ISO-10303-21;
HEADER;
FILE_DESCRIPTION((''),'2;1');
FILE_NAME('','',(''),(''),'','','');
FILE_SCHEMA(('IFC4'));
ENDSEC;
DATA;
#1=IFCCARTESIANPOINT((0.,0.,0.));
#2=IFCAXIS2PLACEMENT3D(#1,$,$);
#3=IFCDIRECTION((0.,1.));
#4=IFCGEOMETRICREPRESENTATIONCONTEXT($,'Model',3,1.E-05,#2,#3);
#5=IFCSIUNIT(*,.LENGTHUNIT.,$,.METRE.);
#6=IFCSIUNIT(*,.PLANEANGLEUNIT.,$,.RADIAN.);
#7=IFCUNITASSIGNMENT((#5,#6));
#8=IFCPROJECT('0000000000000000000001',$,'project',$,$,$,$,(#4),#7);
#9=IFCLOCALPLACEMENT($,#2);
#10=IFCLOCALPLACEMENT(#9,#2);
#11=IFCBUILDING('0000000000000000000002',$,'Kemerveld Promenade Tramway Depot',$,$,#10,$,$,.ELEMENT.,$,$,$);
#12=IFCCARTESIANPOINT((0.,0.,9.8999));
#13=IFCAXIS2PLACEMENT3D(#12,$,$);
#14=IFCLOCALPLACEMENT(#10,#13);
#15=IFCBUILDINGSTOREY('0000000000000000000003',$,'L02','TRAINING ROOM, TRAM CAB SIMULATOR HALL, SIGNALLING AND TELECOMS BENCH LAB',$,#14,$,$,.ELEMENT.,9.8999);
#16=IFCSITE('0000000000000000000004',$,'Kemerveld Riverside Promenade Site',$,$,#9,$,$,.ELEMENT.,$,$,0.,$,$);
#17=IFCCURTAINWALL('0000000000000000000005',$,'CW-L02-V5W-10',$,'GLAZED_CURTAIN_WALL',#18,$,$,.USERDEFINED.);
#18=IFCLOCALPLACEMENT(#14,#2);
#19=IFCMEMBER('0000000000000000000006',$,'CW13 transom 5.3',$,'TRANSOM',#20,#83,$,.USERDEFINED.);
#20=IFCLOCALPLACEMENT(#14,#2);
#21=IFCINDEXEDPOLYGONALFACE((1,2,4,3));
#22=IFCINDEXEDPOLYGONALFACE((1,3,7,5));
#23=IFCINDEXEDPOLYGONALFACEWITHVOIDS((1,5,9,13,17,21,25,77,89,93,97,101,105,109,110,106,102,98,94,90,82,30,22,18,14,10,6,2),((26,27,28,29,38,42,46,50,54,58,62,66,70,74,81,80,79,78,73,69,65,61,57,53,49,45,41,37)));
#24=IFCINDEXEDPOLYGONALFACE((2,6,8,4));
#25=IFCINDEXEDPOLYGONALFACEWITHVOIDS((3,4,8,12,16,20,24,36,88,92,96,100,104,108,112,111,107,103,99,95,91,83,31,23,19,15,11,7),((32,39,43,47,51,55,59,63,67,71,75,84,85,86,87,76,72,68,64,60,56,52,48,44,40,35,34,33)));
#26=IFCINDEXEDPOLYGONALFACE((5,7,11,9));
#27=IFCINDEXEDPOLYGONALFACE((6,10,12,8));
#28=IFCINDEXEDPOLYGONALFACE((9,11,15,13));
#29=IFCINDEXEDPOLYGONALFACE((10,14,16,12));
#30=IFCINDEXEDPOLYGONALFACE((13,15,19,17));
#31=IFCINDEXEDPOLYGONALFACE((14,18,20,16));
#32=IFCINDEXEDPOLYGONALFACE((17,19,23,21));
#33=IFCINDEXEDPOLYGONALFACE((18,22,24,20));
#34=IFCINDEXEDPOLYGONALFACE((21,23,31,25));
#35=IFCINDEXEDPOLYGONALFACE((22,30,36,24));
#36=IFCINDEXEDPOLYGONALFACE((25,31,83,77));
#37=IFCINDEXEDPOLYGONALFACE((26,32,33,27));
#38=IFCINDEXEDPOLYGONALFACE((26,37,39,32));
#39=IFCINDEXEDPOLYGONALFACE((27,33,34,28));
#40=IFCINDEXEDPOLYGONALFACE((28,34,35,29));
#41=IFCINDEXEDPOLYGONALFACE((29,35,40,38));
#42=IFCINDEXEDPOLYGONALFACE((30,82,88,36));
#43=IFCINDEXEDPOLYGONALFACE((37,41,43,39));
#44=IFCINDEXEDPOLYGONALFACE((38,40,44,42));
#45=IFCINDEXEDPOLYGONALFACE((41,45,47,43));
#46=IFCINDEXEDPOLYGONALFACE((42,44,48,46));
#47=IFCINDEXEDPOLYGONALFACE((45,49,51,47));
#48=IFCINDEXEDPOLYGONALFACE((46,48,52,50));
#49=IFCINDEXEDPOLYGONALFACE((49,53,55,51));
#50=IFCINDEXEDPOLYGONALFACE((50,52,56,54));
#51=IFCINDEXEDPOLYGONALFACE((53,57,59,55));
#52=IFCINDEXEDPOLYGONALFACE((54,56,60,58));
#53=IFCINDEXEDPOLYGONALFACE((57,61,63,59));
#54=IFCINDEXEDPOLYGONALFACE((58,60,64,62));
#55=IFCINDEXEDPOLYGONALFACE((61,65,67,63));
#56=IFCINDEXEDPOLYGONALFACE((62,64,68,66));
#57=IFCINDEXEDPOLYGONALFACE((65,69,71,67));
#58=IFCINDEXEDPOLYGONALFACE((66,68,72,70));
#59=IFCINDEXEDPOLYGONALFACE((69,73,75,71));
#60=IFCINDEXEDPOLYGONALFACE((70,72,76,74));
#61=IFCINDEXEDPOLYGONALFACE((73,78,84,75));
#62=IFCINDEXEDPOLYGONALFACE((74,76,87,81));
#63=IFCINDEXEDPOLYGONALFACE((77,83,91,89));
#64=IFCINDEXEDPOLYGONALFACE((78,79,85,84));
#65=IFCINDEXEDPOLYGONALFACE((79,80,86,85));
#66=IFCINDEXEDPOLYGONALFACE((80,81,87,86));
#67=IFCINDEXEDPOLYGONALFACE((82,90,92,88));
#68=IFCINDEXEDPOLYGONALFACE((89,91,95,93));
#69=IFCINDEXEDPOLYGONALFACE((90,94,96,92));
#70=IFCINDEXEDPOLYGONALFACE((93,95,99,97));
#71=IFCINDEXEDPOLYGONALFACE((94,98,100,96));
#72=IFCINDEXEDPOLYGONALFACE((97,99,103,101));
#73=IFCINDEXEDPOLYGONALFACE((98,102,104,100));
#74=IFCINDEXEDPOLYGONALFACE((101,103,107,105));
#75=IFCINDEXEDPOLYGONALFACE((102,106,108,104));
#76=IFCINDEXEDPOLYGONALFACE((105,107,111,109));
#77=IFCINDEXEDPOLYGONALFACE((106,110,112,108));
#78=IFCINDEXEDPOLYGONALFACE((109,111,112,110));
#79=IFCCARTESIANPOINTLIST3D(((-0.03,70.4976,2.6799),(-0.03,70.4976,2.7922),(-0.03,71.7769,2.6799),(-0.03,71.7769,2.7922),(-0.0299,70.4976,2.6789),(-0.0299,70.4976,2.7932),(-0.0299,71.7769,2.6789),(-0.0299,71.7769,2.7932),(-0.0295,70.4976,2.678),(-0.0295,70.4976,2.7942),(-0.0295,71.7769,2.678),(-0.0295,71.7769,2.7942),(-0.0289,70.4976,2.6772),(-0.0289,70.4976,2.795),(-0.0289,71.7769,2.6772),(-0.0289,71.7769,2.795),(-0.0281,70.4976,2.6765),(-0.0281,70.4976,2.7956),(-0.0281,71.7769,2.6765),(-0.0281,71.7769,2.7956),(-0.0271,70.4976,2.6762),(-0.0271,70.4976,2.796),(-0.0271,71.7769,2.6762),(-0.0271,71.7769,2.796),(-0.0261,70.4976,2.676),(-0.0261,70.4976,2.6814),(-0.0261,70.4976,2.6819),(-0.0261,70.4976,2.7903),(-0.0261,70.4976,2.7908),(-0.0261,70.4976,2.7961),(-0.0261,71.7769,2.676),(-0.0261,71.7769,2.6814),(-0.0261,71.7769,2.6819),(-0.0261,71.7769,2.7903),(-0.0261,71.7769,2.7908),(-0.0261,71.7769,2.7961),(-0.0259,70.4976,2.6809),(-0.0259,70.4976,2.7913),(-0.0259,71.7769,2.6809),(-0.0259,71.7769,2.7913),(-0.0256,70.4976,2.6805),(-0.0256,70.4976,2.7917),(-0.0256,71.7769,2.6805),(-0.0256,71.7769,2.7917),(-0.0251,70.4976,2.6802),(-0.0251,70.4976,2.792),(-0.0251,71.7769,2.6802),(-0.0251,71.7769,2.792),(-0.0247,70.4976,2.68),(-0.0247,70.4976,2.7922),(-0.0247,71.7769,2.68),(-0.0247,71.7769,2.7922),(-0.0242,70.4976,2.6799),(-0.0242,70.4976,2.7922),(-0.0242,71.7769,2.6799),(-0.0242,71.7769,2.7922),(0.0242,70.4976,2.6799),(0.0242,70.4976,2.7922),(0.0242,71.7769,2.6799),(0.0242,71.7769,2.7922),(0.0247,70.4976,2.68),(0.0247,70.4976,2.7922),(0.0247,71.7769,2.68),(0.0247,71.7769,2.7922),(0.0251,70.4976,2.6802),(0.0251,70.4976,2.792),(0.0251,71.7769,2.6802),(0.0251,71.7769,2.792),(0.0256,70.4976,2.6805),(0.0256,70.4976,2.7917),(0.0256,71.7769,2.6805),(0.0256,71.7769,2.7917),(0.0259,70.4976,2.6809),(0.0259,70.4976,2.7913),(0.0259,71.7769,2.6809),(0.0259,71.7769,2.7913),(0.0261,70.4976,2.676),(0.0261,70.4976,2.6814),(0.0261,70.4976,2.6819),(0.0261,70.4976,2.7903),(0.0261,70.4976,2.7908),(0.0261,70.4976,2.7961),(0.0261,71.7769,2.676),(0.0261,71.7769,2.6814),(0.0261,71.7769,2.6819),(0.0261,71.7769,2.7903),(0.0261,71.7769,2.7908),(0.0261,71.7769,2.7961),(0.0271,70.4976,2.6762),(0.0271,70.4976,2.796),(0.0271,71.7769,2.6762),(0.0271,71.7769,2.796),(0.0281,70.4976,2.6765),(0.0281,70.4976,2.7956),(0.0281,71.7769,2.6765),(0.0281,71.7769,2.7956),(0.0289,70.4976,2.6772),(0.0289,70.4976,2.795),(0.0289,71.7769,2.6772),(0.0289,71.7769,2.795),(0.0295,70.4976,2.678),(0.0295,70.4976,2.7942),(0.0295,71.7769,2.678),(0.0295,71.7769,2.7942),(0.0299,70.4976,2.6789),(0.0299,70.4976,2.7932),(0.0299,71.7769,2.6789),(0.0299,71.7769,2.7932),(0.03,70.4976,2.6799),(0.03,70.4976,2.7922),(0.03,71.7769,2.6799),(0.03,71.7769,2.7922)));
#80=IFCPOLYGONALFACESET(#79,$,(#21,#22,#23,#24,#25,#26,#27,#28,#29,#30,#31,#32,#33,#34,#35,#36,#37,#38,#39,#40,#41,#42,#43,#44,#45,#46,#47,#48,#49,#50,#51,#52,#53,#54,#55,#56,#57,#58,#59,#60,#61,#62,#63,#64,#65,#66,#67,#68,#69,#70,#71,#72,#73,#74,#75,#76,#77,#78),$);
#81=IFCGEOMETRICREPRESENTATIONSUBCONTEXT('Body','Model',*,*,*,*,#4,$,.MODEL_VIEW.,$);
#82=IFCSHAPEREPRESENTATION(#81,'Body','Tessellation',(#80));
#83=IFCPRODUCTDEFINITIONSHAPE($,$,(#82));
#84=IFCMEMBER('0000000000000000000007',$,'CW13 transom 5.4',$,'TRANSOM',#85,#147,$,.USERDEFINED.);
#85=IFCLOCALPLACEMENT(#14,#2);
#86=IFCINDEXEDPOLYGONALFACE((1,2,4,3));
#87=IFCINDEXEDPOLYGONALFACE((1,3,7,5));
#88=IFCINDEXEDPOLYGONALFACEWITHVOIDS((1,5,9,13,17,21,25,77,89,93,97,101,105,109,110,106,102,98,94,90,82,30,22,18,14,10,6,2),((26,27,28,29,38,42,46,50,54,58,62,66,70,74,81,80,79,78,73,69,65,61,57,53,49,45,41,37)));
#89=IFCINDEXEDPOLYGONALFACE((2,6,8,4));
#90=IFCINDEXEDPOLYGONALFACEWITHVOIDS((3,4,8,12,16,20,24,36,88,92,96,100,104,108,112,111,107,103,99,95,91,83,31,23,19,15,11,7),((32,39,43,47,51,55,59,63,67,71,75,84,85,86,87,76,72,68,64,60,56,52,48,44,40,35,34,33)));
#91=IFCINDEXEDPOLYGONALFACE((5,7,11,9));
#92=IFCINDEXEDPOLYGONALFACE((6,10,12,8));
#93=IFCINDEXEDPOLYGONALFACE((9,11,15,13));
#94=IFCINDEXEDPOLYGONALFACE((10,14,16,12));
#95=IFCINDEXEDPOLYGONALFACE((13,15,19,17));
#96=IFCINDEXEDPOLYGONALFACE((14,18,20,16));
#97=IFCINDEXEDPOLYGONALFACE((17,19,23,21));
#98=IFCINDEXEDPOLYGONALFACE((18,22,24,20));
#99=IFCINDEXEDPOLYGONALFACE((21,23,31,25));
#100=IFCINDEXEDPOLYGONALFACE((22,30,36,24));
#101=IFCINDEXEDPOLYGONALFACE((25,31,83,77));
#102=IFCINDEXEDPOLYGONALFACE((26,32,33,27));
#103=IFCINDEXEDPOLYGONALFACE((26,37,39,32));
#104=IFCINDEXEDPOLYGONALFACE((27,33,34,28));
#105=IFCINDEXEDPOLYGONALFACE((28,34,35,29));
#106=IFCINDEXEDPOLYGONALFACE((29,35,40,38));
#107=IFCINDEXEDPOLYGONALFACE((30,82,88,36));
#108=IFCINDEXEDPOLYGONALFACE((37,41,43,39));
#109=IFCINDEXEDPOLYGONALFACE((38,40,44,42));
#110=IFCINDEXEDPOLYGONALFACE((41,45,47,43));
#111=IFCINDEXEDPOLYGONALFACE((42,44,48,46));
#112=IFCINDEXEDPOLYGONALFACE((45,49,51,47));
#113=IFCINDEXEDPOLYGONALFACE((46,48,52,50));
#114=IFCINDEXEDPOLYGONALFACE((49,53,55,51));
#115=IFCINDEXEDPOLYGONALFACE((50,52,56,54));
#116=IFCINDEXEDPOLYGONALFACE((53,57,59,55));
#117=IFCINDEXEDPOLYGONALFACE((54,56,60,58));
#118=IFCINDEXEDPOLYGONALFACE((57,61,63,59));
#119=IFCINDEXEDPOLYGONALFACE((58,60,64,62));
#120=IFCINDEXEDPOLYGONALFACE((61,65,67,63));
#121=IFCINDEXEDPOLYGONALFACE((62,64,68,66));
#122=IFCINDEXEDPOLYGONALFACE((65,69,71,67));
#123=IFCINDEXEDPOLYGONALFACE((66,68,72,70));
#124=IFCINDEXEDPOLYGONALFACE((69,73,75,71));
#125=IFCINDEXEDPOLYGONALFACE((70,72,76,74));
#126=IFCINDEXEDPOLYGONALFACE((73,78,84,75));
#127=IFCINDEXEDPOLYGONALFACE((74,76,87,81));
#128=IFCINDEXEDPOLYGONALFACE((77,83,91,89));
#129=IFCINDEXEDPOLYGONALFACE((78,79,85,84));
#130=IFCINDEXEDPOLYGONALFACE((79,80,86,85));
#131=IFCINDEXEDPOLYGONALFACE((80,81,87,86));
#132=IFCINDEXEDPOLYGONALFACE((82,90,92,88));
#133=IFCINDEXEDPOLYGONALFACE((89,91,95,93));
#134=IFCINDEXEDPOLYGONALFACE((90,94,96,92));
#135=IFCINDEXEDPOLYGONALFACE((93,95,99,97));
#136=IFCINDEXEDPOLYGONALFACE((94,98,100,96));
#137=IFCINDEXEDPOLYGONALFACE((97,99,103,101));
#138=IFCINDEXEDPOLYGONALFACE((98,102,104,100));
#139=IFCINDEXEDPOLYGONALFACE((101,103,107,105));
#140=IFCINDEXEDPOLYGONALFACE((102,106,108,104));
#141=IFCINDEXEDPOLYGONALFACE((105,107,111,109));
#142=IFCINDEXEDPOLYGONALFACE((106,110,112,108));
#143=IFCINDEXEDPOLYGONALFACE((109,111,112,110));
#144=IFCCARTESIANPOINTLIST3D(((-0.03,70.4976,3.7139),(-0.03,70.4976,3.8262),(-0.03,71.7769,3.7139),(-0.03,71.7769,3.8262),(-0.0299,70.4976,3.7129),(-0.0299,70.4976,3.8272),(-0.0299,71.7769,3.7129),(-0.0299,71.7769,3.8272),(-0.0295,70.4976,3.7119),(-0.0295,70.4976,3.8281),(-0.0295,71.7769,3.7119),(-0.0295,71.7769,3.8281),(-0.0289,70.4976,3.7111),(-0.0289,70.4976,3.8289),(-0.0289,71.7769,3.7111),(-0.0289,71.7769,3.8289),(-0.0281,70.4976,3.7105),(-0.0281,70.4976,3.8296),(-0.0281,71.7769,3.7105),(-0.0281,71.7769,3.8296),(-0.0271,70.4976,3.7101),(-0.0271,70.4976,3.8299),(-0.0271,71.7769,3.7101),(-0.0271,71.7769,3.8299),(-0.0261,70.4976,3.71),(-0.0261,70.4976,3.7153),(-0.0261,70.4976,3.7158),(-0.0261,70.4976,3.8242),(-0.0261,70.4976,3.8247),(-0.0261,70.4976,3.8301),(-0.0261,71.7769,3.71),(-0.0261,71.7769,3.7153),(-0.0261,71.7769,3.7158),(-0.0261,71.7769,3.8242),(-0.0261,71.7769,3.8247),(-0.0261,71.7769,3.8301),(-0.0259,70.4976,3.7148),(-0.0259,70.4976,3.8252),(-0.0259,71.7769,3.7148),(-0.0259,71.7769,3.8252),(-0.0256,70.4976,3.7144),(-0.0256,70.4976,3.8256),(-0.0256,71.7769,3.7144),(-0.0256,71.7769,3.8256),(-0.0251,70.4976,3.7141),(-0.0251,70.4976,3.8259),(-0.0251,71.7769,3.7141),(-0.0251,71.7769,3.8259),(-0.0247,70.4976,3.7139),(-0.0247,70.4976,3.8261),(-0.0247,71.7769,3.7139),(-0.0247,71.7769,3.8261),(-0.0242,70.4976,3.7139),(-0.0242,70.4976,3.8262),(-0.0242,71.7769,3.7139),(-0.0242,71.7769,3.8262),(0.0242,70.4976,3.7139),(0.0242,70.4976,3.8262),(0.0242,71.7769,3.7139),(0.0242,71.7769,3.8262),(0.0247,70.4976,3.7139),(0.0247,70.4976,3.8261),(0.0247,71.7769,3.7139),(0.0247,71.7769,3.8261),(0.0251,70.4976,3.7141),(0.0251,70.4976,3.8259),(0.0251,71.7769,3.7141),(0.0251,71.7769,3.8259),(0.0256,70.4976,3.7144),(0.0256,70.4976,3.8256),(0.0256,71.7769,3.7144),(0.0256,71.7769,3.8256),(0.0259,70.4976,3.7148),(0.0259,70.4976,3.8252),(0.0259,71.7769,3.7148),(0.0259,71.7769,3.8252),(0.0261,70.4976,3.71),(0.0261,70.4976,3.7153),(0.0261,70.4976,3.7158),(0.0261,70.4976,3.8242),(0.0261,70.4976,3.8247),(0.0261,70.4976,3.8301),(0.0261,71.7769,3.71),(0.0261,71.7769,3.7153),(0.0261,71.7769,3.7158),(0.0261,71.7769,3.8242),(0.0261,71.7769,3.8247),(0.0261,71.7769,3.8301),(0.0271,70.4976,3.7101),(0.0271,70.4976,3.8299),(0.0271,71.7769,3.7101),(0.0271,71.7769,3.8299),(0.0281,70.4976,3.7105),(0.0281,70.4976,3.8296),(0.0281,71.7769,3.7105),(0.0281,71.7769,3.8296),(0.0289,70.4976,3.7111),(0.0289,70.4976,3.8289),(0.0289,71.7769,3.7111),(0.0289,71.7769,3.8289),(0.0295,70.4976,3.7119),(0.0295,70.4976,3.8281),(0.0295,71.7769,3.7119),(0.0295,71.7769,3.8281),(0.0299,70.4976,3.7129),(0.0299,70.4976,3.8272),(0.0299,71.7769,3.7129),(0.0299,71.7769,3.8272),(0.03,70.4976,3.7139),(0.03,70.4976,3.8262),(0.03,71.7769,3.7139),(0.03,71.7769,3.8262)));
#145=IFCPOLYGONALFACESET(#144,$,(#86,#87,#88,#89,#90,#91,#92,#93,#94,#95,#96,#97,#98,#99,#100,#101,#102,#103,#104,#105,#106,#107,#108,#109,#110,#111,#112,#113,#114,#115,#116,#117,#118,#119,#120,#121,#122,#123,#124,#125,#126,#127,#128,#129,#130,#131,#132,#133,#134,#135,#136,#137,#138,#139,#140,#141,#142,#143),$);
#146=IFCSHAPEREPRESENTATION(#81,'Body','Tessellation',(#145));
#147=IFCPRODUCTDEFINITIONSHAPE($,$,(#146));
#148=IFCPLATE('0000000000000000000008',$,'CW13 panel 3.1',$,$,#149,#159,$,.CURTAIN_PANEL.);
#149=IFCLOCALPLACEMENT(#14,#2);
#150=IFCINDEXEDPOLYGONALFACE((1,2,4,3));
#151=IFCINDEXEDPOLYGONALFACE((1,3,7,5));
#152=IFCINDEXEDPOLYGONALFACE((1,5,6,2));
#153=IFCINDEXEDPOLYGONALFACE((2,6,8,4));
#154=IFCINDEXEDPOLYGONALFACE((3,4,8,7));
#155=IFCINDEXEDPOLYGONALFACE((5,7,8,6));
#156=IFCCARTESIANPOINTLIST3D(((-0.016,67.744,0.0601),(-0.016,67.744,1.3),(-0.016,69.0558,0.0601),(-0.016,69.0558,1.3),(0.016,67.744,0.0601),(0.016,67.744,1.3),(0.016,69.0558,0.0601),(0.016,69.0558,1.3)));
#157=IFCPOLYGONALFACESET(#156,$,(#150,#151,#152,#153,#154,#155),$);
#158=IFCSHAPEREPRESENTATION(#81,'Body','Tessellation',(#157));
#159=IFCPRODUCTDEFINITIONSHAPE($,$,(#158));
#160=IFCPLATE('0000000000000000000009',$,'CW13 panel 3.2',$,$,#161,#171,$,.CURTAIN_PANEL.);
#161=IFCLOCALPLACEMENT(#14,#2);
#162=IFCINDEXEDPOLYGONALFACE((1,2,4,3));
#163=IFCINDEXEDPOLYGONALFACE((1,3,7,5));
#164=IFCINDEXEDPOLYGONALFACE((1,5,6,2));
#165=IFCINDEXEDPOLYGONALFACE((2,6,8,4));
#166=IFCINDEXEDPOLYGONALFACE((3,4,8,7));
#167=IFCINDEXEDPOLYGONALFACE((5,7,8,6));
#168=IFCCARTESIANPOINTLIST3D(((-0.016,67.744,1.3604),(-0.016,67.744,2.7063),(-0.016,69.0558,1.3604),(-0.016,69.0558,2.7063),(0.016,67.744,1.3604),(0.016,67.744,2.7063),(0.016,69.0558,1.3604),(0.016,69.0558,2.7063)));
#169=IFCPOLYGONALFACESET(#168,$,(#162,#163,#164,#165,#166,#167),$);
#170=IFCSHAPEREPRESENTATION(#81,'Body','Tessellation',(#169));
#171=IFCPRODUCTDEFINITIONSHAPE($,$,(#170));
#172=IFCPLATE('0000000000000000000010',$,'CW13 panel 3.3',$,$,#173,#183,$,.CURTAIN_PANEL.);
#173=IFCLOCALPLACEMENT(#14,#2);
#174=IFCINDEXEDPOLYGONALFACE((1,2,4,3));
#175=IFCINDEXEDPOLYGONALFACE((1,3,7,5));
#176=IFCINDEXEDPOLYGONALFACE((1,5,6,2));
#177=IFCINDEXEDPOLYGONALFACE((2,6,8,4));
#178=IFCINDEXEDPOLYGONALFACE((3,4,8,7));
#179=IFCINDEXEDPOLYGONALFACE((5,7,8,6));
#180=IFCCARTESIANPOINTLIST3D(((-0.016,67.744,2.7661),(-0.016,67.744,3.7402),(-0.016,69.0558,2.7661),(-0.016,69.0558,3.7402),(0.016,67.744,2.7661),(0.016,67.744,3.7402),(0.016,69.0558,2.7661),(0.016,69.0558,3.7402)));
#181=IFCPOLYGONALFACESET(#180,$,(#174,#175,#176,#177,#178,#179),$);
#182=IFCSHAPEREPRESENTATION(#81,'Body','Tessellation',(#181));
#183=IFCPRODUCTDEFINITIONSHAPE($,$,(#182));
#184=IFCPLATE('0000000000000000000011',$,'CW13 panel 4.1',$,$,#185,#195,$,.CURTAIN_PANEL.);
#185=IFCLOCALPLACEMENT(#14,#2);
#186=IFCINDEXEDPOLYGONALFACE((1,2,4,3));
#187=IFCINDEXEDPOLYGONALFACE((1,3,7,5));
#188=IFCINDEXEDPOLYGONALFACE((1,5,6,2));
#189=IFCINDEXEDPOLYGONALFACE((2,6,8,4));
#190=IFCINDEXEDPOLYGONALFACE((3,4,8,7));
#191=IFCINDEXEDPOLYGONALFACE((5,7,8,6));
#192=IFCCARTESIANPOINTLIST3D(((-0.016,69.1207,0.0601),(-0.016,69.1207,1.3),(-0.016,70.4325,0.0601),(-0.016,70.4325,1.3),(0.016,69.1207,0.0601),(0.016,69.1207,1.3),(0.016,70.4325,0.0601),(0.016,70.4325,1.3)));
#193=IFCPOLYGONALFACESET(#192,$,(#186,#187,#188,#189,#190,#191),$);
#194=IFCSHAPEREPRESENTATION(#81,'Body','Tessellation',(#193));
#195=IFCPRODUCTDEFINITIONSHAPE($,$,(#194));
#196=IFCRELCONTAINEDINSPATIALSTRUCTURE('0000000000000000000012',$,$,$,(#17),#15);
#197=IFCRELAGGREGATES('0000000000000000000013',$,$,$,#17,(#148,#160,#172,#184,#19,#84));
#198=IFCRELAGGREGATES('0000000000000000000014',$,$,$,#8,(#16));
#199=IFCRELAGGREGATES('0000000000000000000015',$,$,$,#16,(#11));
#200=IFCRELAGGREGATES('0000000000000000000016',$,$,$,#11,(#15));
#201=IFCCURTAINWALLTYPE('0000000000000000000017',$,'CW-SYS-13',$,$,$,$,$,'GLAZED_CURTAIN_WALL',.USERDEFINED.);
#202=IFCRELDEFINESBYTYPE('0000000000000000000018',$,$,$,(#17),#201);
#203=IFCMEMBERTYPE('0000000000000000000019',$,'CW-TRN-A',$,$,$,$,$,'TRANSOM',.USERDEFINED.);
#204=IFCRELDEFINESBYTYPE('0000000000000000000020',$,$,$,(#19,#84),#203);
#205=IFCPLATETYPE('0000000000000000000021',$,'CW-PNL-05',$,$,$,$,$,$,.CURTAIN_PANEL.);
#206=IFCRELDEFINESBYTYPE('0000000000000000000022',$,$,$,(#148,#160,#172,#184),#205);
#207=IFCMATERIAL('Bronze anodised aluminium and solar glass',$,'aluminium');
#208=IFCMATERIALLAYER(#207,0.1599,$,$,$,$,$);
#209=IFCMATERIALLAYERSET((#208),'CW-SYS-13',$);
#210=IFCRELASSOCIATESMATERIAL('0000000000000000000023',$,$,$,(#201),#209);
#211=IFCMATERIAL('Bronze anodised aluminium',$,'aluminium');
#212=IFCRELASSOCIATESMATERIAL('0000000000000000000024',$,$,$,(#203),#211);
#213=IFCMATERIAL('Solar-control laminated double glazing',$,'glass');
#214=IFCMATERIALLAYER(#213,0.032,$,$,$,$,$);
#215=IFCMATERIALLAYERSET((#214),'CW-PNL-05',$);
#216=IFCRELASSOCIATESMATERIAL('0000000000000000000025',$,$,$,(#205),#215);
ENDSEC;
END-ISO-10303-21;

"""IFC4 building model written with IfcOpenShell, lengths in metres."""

from ifc_helpers import new_model, si_unit, direction, frame, origin, origin_2d, place, context, subcontext, project, spatial, rectangle, hollow_rectangle, extrude, material, layer, layer_set, material_profile, profile_set, type_object, element, aggregate, save


model = new_model("IFC4")

# Units and contexts
model_context = context("Model", 3, precision=1e-05, world=origin(), true_north=direction((0.0, 1.0)))
body_context = subcontext(model_context, "Body", "Model", "MODEL_VIEW")
ifc_project = project(units=[si_unit("LENGTHUNIT", "METRE"), si_unit("PLANEANGLEUNIT", "RADIAN")], contexts=[model_context])

# Site, building, storey
site_placement = place(None, origin())
site = spatial("IfcSite", under=ifc_project, at=site_placement, Name="Kemerveld Riverside Promenade Site", CompositionType="ELEMENT", RefElevation=0.0)
building_placement = place(site_placement, origin())
building = spatial("IfcBuilding", under=site, at=building_placement, Name="Kemerveld Promenade Tramway Depot", CompositionType="ELEMENT")
storey_placement = place(building_placement, frame((0.0, 0.0, 9.8999)))
storey = spatial("IfcBuildingStorey", under=building, at=storey_placement, Name="L02", Description="TRAINING ROOM, TRAM CAB SIMULATOR HALL, SIGNALLING AND TELECOMS BENCH LAB", CompositionType="ELEMENT", Elevation=9.8999)

# Curtain wall, members, plates
ifc_material_1 = material(Name="Bronze anodised aluminium and solar glass", Category="aluminium")
ifc_layer_1 = layer(ifc_material_1, 0.1599)
ifc_layer_set_1 = layer_set([ifc_layer_1], Name="CW-SYS-13")
curtain_wall_type = type_object("IfcCurtainWallType", Name="CW-SYS-13", ElementType="GLAZED_CURTAIN_WALL", PredefinedType="USERDEFINED", material=ifc_layer_set_1)
curtain_wall_placement = place(storey_placement, origin())
curtain_wall = element("IfcCurtainWall", 1, at=curtain_wall_placement, inside=storey, type_object=curtain_wall_type, Name="CW-L02-V5W-10", ObjectType="GLAZED_CURTAIN_WALL", PredefinedType="USERDEFINED")
ifc_material_2 = material(Name="Bronze anodised aluminium", Category="aluminium")
ifc_material_profile_1 = material_profile(ifc_material_2, hollow_rectangle(XDim=0.0601, YDim=0.1201, WallThickness=0.0039, InnerFilletRadius=0.002, OuterFilletRadius=0.0039, at=origin_2d()), Name="CW-TRN-120x60")
ifc_profile_set_1 = profile_set([ifc_material_profile_1], Name="Bronze anodised aluminium")
member_type_1 = type_object("IfcMemberType", Name="CW-TRN-A", ElementType="TRANSOM", PredefinedType="USERDEFINED", material=ifc_profile_set_1)
member_1_placement = place(storey_placement, frame((0.0, 70.4976, 2.7361), z_axis=(0.0, 1.0, 0.0), x_axis=(-1.0, 0.0, 0.0)))
member_1 = element("IfcMember", 2, at=member_1_placement, type_object=member_type_1, Name="CW13 transom 5.3", ObjectType="TRANSOM", PredefinedType="USERDEFINED", context=body_context, shape_type="SweptSolid", body=[
    extrude(hollow_rectangle(XDim=0.0601, YDim=0.1201, WallThickness=0.0039, InnerFilletRadius=0.002, OuterFilletRadius=0.0039, at=origin_2d()), origin(), (0.0, 0.0, 1.0), 1.2793),
])
member_2_placement = place(storey_placement, frame((0.0, 70.4976, 3.77), z_axis=(0.0, 1.0, 0.0), x_axis=(-1.0, 0.0, 0.0)))
member_2 = element("IfcMember", 3, at=member_2_placement, type_object=member_type_1, Name="CW13 transom 5.4", ObjectType="TRANSOM", PredefinedType="USERDEFINED", context=body_context, shape_type="SweptSolid", body=[
    extrude(hollow_rectangle(XDim=0.0601, YDim=0.1201, WallThickness=0.0039, InnerFilletRadius=0.002, OuterFilletRadius=0.0039, at=origin_2d()), origin(), (0.0, 0.0, 1.0), 1.2793),
])
ifc_material_3 = material(Name="Solar-control laminated double glazing", Category="glass")
ifc_layer_2 = layer(ifc_material_3, 0.032)
ifc_layer_set_2 = layer_set([ifc_layer_2], Name="CW-PNL-05")
plate_type = type_object("IfcPlateType", Name="CW-PNL-05", PredefinedType="CURTAIN_PANEL", material=ifc_layer_set_2)
plate_1_placement = place(storey_placement, frame((0.0, 68.3999, 0.0601), z_axis=(0.0, 0.0, 1.0), x_axis=(0.0, 1.0, 0.0)))
plate_1 = element("IfcPlate", 4, at=plate_1_placement, type_object=plate_type, Name="CW13 panel 3.1", PredefinedType="CURTAIN_PANEL", context=body_context, shape_type="SweptSolid", body=[
    extrude(rectangle(XDim=1.3118, YDim=0.032, at=origin_2d()), origin(), (0.0, 0.0, 1.0), 1.24),
])
plate_2_placement = place(storey_placement, frame((0.0, 68.3999, 1.3604), z_axis=(0.0, 0.0, 1.0), x_axis=(0.0, 1.0, 0.0)))
plate_2 = element("IfcPlate", 5, at=plate_2_placement, type_object=plate_type, Name="CW13 panel 3.2", PredefinedType="CURTAIN_PANEL", context=body_context, shape_type="SweptSolid", body=[
    extrude(rectangle(XDim=1.3118, YDim=0.032, at=origin_2d()), origin(), (0.0, 0.0, 1.0), 1.3459),
])
plate_3_placement = place(storey_placement, frame((0.0, 68.3999, 2.7661), z_axis=(0.0, 0.0, 1.0), x_axis=(0.0, 1.0, 0.0)))
plate_3 = element("IfcPlate", 6, at=plate_3_placement, type_object=plate_type, Name="CW13 panel 3.3", PredefinedType="CURTAIN_PANEL", context=body_context, shape_type="SweptSolid", body=[
    extrude(rectangle(XDim=1.3118, YDim=0.032, at=origin_2d()), origin(), (0.0, 0.0, 1.0), 0.9741),
])
plate_4_placement = place(storey_placement, frame((0.0, 69.7766, 0.0601), z_axis=(0.0, 0.0, 1.0), x_axis=(0.0, 1.0, 0.0)))
plate_4 = element("IfcPlate", 7, at=plate_4_placement, type_object=plate_type, Name="CW13 panel 4.1", PredefinedType="CURTAIN_PANEL", context=body_context, shape_type="SweptSolid", body=[
    extrude(rectangle(XDim=1.3118, YDim=0.032, at=origin_2d()), origin(), (0.0, 0.0, 1.0), 1.24),
])
aggregate(curtain_wall, [plate_1, plate_2, plate_3, plate_4, member_1, member_2])

save(model, "model.ifc")
